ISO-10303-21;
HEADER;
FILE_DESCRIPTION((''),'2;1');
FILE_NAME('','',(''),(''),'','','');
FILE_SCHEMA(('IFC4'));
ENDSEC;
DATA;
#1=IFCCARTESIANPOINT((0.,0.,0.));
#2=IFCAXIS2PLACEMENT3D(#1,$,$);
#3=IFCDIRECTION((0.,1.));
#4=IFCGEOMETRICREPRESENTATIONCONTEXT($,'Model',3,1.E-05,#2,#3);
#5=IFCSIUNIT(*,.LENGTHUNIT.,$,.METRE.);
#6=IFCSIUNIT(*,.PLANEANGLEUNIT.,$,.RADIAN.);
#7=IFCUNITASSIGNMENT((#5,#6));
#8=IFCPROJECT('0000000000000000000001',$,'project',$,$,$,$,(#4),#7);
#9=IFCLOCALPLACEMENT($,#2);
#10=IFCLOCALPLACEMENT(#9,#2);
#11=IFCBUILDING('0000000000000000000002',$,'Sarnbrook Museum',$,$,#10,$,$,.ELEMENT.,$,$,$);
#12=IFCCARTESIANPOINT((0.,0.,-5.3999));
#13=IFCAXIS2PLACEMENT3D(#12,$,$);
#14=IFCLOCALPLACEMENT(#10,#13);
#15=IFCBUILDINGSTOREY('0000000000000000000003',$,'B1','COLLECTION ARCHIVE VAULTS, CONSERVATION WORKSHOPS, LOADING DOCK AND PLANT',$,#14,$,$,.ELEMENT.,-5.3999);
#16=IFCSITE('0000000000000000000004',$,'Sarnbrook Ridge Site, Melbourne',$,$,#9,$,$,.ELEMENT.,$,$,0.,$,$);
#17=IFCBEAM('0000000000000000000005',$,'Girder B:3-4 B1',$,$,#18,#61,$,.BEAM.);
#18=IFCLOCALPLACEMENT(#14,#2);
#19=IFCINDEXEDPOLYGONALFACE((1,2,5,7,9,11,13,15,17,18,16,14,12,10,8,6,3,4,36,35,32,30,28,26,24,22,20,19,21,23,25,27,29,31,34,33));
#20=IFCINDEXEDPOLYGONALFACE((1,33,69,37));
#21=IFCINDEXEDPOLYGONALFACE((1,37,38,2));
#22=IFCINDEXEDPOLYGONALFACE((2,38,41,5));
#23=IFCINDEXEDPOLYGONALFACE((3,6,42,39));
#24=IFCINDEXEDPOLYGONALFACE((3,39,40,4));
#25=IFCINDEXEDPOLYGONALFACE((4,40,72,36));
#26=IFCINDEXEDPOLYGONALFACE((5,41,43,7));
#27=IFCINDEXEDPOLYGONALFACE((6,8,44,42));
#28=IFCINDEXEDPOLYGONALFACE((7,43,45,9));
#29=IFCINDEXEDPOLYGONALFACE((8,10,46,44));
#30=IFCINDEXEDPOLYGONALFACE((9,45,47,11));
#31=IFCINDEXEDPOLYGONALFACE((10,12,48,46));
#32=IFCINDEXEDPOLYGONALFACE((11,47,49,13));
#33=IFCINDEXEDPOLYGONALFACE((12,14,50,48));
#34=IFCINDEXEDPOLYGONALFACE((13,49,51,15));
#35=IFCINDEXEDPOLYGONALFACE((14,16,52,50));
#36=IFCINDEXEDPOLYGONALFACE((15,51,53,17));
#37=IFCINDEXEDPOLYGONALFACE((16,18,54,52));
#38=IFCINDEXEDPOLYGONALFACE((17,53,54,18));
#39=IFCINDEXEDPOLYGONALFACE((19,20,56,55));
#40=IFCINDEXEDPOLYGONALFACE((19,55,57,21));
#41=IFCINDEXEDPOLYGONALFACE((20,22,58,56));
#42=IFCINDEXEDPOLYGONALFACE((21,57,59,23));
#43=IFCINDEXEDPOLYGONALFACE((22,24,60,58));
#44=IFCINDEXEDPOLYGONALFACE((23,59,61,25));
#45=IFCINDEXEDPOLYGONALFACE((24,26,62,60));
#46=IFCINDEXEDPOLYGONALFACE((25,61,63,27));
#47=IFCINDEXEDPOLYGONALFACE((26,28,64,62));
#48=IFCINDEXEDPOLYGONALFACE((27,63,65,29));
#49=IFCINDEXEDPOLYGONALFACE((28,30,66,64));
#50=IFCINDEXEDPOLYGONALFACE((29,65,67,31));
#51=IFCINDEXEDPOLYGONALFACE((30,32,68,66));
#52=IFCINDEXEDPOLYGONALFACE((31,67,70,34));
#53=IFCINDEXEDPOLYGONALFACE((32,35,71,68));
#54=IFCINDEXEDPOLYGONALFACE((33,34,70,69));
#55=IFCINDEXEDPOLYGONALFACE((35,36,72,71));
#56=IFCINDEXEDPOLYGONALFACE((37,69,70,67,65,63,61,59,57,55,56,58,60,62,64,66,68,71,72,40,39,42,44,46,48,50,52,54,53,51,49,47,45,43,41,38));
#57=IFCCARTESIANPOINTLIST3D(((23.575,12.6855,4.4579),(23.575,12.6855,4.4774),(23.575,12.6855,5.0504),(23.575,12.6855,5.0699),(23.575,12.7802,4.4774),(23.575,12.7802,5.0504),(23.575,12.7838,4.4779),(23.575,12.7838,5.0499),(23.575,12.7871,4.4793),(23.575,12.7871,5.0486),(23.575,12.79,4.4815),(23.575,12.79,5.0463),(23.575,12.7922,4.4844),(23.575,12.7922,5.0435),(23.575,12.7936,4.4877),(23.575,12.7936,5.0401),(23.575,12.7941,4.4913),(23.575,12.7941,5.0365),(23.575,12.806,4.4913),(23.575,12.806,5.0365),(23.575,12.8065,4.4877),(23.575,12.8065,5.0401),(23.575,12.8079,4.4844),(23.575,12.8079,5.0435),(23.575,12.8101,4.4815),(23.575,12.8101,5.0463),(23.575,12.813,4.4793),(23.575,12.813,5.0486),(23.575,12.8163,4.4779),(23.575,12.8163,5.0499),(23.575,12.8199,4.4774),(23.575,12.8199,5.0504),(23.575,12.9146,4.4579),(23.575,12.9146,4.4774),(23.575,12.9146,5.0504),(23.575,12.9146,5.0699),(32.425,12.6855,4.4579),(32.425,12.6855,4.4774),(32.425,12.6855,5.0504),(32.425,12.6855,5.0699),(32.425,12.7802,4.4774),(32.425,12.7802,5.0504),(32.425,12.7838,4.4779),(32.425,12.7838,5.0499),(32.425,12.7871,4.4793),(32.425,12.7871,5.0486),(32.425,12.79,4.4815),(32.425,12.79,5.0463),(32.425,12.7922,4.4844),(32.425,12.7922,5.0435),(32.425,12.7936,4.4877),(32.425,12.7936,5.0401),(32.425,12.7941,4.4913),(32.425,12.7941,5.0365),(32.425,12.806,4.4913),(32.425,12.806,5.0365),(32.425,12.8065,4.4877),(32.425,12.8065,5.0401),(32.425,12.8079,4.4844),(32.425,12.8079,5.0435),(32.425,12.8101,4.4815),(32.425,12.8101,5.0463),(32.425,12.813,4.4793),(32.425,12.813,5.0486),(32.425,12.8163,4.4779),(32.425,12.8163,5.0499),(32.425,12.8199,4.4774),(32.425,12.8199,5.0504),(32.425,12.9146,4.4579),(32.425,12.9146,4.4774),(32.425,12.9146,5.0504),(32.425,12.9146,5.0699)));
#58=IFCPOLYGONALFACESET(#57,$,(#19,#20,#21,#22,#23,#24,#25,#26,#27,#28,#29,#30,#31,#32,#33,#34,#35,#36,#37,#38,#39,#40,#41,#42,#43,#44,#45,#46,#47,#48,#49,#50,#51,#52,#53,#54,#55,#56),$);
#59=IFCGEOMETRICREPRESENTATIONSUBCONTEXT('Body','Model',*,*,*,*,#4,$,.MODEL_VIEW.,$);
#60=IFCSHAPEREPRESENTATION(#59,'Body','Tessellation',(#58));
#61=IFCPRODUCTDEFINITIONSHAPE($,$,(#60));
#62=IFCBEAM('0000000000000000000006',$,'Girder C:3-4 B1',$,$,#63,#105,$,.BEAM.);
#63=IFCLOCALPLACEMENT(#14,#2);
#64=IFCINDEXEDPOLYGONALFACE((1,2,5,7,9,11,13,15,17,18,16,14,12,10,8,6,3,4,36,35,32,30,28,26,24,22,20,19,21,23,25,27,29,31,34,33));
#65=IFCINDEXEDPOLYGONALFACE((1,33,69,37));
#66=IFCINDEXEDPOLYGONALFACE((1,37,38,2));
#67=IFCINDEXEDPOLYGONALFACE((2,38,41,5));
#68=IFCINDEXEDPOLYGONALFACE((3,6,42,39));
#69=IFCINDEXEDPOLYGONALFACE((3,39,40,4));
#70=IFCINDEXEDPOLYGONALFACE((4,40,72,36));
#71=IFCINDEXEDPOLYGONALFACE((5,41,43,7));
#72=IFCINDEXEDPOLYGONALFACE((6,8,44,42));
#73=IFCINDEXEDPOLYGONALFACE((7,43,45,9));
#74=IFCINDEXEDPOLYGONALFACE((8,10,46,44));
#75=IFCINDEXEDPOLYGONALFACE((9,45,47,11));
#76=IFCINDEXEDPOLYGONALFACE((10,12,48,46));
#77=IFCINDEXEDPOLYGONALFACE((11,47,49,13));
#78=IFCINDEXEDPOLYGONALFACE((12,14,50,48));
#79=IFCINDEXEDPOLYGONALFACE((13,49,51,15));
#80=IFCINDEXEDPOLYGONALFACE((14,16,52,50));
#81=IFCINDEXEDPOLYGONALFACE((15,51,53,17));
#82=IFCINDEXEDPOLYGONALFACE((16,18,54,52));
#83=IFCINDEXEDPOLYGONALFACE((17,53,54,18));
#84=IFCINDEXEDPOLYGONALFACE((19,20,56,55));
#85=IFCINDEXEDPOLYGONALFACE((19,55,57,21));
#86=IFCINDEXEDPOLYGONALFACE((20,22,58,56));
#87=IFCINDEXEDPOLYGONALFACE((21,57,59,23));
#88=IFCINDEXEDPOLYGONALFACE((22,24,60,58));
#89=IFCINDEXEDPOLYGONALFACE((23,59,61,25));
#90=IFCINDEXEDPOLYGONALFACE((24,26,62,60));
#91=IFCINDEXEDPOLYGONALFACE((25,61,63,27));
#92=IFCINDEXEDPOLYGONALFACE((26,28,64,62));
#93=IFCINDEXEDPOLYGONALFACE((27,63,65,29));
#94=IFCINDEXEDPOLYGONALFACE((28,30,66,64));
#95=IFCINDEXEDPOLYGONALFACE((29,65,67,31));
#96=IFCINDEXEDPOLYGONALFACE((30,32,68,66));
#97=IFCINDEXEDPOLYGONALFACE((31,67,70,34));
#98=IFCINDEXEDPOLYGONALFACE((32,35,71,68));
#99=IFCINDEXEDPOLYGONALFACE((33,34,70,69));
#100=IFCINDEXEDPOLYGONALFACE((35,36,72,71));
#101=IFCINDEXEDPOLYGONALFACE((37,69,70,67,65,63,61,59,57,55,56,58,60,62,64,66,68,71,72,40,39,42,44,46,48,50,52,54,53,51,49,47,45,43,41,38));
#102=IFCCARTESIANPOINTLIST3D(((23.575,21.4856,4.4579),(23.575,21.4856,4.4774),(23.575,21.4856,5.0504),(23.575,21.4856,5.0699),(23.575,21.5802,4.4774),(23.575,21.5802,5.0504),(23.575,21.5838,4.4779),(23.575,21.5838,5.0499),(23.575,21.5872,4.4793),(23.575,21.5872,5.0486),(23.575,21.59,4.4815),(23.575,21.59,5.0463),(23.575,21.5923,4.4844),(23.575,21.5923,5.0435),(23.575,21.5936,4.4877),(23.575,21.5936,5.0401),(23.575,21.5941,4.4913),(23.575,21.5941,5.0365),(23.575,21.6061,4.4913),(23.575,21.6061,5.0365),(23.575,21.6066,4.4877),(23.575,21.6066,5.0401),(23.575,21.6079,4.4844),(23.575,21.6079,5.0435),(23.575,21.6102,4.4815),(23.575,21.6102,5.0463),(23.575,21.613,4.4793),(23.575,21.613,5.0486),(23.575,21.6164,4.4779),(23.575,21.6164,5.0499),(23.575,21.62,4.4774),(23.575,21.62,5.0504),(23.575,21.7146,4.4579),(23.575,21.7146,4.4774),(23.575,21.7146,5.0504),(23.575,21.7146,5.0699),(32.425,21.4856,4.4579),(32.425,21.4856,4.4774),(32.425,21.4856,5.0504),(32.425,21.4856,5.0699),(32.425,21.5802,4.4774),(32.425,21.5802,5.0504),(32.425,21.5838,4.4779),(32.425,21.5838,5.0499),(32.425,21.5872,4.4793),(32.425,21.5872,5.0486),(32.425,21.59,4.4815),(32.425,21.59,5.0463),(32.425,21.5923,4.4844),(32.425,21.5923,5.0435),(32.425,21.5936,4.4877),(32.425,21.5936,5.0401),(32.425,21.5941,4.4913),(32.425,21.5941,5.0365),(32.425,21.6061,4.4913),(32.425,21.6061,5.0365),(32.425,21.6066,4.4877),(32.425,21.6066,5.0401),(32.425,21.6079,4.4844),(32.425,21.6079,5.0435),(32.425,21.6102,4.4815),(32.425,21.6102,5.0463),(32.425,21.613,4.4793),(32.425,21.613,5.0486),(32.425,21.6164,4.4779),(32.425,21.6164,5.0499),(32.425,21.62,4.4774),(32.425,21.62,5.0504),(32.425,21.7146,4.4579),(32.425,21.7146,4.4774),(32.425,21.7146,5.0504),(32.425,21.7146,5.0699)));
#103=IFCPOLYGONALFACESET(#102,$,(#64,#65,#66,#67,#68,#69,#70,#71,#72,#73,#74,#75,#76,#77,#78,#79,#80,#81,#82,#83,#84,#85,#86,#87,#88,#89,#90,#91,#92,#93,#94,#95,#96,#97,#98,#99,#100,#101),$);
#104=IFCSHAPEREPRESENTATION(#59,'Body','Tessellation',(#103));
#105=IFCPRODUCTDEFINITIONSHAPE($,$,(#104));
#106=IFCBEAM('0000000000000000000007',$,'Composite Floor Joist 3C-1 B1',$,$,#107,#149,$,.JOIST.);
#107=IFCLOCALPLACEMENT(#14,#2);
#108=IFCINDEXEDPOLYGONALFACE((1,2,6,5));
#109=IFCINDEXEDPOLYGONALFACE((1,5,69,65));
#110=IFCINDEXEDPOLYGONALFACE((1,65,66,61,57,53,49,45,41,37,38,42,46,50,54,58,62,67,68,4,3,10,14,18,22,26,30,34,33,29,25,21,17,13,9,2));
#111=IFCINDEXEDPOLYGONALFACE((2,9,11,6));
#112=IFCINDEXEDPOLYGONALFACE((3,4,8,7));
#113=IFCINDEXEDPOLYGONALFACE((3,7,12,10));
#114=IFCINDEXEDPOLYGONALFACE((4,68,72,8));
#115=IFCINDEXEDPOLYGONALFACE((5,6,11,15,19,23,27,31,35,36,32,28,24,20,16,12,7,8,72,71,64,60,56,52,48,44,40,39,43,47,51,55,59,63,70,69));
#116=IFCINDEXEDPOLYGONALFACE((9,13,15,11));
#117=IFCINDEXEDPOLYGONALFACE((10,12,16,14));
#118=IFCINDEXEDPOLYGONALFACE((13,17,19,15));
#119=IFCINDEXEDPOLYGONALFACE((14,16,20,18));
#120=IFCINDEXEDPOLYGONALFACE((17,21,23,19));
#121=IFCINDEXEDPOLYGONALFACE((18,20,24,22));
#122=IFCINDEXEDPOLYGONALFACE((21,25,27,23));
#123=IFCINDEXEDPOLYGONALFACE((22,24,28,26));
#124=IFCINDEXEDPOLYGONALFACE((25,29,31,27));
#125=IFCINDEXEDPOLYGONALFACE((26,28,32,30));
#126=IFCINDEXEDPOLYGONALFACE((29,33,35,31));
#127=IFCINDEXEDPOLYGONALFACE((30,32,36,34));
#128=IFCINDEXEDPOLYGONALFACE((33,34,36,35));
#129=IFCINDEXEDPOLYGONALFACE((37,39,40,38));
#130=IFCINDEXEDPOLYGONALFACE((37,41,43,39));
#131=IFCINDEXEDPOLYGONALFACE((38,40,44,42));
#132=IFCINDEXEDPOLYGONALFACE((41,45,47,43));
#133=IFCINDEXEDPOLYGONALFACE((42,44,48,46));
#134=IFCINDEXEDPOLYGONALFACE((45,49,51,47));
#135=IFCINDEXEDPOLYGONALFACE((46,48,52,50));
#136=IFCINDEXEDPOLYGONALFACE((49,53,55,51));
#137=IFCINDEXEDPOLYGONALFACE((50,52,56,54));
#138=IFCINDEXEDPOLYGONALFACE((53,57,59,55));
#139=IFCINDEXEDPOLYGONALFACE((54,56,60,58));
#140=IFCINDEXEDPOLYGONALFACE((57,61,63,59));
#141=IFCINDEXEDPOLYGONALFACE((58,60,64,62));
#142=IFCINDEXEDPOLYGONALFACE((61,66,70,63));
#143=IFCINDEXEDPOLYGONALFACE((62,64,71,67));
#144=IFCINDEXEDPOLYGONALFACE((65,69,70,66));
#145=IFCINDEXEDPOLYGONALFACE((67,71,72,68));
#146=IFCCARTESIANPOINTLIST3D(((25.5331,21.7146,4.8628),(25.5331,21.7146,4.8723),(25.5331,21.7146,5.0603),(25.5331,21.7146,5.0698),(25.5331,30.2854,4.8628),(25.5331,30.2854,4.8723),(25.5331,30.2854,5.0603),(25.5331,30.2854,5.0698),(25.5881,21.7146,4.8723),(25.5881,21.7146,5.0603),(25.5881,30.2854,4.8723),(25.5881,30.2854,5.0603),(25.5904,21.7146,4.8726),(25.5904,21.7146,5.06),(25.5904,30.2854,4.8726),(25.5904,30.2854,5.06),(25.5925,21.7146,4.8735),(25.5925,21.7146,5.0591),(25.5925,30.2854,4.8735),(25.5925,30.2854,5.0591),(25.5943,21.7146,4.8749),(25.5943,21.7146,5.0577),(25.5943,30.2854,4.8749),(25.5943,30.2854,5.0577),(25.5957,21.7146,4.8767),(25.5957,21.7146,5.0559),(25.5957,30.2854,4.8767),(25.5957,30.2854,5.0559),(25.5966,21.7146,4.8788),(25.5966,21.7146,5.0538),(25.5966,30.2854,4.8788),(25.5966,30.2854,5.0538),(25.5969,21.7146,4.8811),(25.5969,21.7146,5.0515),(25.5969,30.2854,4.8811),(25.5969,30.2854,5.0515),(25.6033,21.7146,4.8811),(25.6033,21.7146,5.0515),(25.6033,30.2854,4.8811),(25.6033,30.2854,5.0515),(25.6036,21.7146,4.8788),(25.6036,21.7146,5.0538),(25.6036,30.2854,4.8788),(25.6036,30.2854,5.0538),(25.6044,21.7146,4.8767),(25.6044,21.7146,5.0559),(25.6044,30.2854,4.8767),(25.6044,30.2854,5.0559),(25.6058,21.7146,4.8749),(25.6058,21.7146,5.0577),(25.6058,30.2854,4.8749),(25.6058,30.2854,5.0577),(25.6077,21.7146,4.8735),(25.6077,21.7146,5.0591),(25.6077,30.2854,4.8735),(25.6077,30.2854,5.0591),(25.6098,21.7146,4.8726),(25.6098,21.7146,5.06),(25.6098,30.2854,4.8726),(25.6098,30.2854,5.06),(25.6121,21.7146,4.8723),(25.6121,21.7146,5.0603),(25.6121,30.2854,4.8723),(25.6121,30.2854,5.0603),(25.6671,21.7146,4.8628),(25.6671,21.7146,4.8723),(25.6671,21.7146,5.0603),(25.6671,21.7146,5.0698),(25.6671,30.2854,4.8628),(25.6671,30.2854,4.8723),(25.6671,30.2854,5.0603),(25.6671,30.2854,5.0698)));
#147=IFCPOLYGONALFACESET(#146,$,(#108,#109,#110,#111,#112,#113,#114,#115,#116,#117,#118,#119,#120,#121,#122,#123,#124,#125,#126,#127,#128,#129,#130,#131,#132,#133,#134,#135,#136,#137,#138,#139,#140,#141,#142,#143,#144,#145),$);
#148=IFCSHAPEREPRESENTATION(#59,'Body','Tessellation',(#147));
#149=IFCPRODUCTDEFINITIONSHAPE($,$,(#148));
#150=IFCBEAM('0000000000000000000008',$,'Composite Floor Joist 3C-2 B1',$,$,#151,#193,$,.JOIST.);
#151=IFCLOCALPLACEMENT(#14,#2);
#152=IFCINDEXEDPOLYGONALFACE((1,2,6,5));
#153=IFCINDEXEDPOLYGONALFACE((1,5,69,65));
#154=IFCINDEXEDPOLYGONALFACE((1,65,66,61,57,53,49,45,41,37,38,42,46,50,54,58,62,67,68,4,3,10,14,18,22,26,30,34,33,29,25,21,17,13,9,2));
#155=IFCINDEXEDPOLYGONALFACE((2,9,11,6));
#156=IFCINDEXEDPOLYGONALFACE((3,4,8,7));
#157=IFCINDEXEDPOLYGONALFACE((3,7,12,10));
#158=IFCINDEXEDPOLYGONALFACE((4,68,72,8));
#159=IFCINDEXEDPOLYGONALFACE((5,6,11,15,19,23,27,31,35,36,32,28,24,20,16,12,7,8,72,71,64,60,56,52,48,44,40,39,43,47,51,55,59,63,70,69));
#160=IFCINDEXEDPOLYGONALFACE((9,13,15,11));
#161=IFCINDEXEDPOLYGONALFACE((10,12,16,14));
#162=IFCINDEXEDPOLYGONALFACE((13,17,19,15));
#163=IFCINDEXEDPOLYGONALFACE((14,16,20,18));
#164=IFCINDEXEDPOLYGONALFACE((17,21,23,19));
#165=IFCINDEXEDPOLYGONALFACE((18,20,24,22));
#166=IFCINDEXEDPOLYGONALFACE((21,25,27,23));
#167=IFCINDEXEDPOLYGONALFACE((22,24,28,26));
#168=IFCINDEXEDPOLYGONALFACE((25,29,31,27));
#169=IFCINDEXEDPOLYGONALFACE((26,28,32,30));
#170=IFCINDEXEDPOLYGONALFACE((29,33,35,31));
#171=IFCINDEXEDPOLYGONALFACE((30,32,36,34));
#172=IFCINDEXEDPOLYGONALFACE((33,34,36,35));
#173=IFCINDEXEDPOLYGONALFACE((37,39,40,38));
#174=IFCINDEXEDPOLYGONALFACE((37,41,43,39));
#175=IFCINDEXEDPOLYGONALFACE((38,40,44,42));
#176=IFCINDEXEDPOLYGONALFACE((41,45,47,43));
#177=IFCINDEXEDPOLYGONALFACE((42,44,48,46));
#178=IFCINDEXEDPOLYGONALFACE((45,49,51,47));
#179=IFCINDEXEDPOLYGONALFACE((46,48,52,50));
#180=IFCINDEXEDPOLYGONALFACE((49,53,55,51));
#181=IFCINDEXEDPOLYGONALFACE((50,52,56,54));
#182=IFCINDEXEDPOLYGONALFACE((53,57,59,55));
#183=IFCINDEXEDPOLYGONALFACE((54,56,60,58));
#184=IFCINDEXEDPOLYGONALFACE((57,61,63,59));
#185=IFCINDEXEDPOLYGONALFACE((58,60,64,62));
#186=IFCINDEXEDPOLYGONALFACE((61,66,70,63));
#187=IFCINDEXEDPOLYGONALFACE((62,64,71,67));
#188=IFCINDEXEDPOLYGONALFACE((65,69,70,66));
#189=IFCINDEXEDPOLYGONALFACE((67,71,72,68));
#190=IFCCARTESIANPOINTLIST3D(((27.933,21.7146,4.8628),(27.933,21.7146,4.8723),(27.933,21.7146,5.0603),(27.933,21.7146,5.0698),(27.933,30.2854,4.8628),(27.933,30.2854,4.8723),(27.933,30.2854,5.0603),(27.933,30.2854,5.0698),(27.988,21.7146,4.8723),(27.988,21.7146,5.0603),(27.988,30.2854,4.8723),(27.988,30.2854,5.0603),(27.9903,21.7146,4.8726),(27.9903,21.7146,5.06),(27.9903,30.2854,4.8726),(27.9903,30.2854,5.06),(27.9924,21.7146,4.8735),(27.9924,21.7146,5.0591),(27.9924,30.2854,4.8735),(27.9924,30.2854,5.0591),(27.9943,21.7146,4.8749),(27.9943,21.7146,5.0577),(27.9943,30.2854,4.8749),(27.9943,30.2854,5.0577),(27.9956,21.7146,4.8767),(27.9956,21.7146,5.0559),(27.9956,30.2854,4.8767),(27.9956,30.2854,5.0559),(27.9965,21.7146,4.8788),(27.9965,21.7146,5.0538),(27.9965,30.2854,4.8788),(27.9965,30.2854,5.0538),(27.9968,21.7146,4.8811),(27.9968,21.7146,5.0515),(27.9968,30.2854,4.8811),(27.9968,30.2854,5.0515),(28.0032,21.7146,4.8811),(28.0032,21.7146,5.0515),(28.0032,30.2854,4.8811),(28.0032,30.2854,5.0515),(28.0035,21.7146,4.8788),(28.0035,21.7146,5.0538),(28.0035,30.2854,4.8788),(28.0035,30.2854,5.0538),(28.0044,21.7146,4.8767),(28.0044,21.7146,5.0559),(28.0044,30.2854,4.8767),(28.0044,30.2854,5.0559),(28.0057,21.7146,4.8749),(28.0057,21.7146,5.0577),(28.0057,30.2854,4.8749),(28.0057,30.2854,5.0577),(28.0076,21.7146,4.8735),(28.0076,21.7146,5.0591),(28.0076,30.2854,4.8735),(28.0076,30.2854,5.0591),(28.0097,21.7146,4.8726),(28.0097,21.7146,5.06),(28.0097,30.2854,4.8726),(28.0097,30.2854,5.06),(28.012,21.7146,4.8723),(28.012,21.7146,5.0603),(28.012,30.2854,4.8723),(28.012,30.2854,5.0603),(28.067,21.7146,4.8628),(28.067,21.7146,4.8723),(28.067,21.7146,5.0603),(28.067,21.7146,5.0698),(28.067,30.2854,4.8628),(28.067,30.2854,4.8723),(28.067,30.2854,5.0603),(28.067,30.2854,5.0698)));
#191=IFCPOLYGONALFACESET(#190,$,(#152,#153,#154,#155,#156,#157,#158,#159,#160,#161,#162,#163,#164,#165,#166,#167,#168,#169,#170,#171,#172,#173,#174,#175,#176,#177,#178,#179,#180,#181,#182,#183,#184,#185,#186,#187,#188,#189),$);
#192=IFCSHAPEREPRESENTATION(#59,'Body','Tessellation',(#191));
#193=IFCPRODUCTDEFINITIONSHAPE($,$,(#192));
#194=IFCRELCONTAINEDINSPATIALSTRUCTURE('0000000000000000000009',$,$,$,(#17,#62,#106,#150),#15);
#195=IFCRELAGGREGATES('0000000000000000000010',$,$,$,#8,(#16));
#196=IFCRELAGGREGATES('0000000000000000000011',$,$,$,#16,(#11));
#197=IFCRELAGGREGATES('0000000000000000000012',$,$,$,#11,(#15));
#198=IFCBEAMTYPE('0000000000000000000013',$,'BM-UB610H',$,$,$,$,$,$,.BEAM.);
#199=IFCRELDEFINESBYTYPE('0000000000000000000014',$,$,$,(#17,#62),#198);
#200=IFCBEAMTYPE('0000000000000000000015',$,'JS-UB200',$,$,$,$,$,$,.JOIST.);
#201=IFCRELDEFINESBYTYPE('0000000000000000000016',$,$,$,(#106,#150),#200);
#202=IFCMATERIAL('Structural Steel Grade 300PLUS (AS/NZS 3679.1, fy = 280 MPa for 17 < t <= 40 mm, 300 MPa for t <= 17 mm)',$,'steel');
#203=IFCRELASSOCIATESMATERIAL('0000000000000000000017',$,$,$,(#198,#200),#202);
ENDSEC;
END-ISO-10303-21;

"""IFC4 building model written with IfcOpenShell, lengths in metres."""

from ifc_helpers import new_model, si_unit, direction, frame, origin, origin_2d, place, context, subcontext, project, spatial, i_section, extrude, material, material_profile, profile_set, type_object, element, save


model = new_model("IFC4")

# Units and contexts
model_context = context("Model", 3, precision=1e-05, world=origin(), true_north=direction((0.0, 1.0)))
body_context = subcontext(model_context, "Body", "Model", "MODEL_VIEW")
ifc_project = project(units=[si_unit("LENGTHUNIT", "METRE"), si_unit("PLANEANGLEUNIT", "RADIAN")], contexts=[model_context])

# Site, building, storey
site_placement = place(None, origin())
site = spatial("IfcSite", under=ifc_project, at=site_placement, Name="Sarnbrook Ridge Site, Melbourne", CompositionType="ELEMENT", RefElevation=0.0)
building_placement = place(site_placement, origin())
building = spatial("IfcBuilding", under=site, at=building_placement, Name="Sarnbrook Museum", CompositionType="ELEMENT")
storey_placement = place(building_placement, frame((0.0, 0.0, -5.3999)))
storey = spatial("IfcBuildingStorey", under=building, at=storey_placement, Name="B1", Description="COLLECTION ARCHIVE VAULTS, CONSERVATION WORKSHOPS, LOADING DOCK AND PLANT", CompositionType="ELEMENT", Elevation=-5.3999)

# Beams
ifc_material_1 = material(Name="Structural Steel Grade 300PLUS (AS/NZS 3679.1, fy = 280 MPa for 17 < t <= 40 mm, 300 MPa for t <= 17 mm)", Category="steel")
ifc_material_profile_1 = material_profile(ifc_material_1, i_section(OverallWidth=0.229, OverallDepth=0.6121, WebThickness=0.012, FlangeThickness=0.0195, FilletRadius=0.0139, at=origin_2d()), Name="610UB125")
ifc_profile_set_1 = profile_set([ifc_material_profile_1], Name="Structural Steel Grade 300PLUS (AS/NZS 3679.1, fy = 280 MPa for 17 < t <= 40 mm, 300 MPa for t <= 17 mm)")
beam_type_1 = type_object("IfcBeamType", Name="BM-UB610H", PredefinedType="BEAM", material=ifc_profile_set_1)
for number, where, z_axis, x_axis, name in (
    (1, (23.575, 12.8, 4.7639), (1.0, 0.0, 0.0), (0.0, 1.0, 0.0), "Girder B:3-4 B1"),
    (2, (23.575, 21.6001, 4.7639), (1.0, 0.0, 0.0), (0.0, 1.0, 0.0), "Girder C:3-4 B1"),
):
    element("IfcBeam", number, at=place(storey_placement, frame(where, z_axis=z_axis, x_axis=x_axis)), inside=storey, type_object=beam_type_1, Name=name, PredefinedType="BEAM", context=body_context, shape_type="SweptSolid", body=[
        extrude(i_section(OverallWidth=0.229, OverallDepth=0.6121, WebThickness=0.012, FlangeThickness=0.0195, FilletRadius=0.0139, at=origin_2d()), origin(), (0.0, 0.0, 1.0), 8.8501),
    ])
ifc_material_profile_2 = material_profile(ifc_material_1, i_section(OverallWidth=0.134, OverallDepth=0.207, WebThickness=0.0063, FlangeThickness=0.0095, FilletRadius=0.0088, at=origin_2d()), Name="200UB29.8")
ifc_profile_set_2 = profile_set([ifc_material_profile_2], Name="Structural Steel Grade 300PLUS (AS/NZS 3679.1, fy = 280 MPa for 17 < t <= 40 mm, 300 MPa for t <= 17 mm)")
beam_type_2 = type_object("IfcBeamType", Name="JS-UB200", PredefinedType="JOIST", material=ifc_profile_set_2)
for number, where, z_axis, x_axis, name in (
    (3, (25.6001, 21.7146, 4.9663), (0.0, 1.0, 0.0), (-1.0, 0.0, 0.0), "Composite Floor Joist 3C-1 B1"),
    (4, (28.0, 21.7146, 4.9663), (0.0, 1.0, 0.0), (-1.0, 0.0, 0.0), "Composite Floor Joist 3C-2 B1"),
):
    element("IfcBeam", number, at=place(storey_placement, frame(where, z_axis=z_axis, x_axis=x_axis)), inside=storey, type_object=beam_type_2, Name=name, PredefinedType="JOIST", context=body_context, shape_type="SweptSolid", body=[
        extrude(i_section(OverallWidth=0.134, OverallDepth=0.207, WebThickness=0.0063, FlangeThickness=0.0095, FilletRadius=0.0088, at=origin_2d()), origin(), (0.0, 0.0, 1.0), 8.5708),
    ])

save(model, "model.ifc")
